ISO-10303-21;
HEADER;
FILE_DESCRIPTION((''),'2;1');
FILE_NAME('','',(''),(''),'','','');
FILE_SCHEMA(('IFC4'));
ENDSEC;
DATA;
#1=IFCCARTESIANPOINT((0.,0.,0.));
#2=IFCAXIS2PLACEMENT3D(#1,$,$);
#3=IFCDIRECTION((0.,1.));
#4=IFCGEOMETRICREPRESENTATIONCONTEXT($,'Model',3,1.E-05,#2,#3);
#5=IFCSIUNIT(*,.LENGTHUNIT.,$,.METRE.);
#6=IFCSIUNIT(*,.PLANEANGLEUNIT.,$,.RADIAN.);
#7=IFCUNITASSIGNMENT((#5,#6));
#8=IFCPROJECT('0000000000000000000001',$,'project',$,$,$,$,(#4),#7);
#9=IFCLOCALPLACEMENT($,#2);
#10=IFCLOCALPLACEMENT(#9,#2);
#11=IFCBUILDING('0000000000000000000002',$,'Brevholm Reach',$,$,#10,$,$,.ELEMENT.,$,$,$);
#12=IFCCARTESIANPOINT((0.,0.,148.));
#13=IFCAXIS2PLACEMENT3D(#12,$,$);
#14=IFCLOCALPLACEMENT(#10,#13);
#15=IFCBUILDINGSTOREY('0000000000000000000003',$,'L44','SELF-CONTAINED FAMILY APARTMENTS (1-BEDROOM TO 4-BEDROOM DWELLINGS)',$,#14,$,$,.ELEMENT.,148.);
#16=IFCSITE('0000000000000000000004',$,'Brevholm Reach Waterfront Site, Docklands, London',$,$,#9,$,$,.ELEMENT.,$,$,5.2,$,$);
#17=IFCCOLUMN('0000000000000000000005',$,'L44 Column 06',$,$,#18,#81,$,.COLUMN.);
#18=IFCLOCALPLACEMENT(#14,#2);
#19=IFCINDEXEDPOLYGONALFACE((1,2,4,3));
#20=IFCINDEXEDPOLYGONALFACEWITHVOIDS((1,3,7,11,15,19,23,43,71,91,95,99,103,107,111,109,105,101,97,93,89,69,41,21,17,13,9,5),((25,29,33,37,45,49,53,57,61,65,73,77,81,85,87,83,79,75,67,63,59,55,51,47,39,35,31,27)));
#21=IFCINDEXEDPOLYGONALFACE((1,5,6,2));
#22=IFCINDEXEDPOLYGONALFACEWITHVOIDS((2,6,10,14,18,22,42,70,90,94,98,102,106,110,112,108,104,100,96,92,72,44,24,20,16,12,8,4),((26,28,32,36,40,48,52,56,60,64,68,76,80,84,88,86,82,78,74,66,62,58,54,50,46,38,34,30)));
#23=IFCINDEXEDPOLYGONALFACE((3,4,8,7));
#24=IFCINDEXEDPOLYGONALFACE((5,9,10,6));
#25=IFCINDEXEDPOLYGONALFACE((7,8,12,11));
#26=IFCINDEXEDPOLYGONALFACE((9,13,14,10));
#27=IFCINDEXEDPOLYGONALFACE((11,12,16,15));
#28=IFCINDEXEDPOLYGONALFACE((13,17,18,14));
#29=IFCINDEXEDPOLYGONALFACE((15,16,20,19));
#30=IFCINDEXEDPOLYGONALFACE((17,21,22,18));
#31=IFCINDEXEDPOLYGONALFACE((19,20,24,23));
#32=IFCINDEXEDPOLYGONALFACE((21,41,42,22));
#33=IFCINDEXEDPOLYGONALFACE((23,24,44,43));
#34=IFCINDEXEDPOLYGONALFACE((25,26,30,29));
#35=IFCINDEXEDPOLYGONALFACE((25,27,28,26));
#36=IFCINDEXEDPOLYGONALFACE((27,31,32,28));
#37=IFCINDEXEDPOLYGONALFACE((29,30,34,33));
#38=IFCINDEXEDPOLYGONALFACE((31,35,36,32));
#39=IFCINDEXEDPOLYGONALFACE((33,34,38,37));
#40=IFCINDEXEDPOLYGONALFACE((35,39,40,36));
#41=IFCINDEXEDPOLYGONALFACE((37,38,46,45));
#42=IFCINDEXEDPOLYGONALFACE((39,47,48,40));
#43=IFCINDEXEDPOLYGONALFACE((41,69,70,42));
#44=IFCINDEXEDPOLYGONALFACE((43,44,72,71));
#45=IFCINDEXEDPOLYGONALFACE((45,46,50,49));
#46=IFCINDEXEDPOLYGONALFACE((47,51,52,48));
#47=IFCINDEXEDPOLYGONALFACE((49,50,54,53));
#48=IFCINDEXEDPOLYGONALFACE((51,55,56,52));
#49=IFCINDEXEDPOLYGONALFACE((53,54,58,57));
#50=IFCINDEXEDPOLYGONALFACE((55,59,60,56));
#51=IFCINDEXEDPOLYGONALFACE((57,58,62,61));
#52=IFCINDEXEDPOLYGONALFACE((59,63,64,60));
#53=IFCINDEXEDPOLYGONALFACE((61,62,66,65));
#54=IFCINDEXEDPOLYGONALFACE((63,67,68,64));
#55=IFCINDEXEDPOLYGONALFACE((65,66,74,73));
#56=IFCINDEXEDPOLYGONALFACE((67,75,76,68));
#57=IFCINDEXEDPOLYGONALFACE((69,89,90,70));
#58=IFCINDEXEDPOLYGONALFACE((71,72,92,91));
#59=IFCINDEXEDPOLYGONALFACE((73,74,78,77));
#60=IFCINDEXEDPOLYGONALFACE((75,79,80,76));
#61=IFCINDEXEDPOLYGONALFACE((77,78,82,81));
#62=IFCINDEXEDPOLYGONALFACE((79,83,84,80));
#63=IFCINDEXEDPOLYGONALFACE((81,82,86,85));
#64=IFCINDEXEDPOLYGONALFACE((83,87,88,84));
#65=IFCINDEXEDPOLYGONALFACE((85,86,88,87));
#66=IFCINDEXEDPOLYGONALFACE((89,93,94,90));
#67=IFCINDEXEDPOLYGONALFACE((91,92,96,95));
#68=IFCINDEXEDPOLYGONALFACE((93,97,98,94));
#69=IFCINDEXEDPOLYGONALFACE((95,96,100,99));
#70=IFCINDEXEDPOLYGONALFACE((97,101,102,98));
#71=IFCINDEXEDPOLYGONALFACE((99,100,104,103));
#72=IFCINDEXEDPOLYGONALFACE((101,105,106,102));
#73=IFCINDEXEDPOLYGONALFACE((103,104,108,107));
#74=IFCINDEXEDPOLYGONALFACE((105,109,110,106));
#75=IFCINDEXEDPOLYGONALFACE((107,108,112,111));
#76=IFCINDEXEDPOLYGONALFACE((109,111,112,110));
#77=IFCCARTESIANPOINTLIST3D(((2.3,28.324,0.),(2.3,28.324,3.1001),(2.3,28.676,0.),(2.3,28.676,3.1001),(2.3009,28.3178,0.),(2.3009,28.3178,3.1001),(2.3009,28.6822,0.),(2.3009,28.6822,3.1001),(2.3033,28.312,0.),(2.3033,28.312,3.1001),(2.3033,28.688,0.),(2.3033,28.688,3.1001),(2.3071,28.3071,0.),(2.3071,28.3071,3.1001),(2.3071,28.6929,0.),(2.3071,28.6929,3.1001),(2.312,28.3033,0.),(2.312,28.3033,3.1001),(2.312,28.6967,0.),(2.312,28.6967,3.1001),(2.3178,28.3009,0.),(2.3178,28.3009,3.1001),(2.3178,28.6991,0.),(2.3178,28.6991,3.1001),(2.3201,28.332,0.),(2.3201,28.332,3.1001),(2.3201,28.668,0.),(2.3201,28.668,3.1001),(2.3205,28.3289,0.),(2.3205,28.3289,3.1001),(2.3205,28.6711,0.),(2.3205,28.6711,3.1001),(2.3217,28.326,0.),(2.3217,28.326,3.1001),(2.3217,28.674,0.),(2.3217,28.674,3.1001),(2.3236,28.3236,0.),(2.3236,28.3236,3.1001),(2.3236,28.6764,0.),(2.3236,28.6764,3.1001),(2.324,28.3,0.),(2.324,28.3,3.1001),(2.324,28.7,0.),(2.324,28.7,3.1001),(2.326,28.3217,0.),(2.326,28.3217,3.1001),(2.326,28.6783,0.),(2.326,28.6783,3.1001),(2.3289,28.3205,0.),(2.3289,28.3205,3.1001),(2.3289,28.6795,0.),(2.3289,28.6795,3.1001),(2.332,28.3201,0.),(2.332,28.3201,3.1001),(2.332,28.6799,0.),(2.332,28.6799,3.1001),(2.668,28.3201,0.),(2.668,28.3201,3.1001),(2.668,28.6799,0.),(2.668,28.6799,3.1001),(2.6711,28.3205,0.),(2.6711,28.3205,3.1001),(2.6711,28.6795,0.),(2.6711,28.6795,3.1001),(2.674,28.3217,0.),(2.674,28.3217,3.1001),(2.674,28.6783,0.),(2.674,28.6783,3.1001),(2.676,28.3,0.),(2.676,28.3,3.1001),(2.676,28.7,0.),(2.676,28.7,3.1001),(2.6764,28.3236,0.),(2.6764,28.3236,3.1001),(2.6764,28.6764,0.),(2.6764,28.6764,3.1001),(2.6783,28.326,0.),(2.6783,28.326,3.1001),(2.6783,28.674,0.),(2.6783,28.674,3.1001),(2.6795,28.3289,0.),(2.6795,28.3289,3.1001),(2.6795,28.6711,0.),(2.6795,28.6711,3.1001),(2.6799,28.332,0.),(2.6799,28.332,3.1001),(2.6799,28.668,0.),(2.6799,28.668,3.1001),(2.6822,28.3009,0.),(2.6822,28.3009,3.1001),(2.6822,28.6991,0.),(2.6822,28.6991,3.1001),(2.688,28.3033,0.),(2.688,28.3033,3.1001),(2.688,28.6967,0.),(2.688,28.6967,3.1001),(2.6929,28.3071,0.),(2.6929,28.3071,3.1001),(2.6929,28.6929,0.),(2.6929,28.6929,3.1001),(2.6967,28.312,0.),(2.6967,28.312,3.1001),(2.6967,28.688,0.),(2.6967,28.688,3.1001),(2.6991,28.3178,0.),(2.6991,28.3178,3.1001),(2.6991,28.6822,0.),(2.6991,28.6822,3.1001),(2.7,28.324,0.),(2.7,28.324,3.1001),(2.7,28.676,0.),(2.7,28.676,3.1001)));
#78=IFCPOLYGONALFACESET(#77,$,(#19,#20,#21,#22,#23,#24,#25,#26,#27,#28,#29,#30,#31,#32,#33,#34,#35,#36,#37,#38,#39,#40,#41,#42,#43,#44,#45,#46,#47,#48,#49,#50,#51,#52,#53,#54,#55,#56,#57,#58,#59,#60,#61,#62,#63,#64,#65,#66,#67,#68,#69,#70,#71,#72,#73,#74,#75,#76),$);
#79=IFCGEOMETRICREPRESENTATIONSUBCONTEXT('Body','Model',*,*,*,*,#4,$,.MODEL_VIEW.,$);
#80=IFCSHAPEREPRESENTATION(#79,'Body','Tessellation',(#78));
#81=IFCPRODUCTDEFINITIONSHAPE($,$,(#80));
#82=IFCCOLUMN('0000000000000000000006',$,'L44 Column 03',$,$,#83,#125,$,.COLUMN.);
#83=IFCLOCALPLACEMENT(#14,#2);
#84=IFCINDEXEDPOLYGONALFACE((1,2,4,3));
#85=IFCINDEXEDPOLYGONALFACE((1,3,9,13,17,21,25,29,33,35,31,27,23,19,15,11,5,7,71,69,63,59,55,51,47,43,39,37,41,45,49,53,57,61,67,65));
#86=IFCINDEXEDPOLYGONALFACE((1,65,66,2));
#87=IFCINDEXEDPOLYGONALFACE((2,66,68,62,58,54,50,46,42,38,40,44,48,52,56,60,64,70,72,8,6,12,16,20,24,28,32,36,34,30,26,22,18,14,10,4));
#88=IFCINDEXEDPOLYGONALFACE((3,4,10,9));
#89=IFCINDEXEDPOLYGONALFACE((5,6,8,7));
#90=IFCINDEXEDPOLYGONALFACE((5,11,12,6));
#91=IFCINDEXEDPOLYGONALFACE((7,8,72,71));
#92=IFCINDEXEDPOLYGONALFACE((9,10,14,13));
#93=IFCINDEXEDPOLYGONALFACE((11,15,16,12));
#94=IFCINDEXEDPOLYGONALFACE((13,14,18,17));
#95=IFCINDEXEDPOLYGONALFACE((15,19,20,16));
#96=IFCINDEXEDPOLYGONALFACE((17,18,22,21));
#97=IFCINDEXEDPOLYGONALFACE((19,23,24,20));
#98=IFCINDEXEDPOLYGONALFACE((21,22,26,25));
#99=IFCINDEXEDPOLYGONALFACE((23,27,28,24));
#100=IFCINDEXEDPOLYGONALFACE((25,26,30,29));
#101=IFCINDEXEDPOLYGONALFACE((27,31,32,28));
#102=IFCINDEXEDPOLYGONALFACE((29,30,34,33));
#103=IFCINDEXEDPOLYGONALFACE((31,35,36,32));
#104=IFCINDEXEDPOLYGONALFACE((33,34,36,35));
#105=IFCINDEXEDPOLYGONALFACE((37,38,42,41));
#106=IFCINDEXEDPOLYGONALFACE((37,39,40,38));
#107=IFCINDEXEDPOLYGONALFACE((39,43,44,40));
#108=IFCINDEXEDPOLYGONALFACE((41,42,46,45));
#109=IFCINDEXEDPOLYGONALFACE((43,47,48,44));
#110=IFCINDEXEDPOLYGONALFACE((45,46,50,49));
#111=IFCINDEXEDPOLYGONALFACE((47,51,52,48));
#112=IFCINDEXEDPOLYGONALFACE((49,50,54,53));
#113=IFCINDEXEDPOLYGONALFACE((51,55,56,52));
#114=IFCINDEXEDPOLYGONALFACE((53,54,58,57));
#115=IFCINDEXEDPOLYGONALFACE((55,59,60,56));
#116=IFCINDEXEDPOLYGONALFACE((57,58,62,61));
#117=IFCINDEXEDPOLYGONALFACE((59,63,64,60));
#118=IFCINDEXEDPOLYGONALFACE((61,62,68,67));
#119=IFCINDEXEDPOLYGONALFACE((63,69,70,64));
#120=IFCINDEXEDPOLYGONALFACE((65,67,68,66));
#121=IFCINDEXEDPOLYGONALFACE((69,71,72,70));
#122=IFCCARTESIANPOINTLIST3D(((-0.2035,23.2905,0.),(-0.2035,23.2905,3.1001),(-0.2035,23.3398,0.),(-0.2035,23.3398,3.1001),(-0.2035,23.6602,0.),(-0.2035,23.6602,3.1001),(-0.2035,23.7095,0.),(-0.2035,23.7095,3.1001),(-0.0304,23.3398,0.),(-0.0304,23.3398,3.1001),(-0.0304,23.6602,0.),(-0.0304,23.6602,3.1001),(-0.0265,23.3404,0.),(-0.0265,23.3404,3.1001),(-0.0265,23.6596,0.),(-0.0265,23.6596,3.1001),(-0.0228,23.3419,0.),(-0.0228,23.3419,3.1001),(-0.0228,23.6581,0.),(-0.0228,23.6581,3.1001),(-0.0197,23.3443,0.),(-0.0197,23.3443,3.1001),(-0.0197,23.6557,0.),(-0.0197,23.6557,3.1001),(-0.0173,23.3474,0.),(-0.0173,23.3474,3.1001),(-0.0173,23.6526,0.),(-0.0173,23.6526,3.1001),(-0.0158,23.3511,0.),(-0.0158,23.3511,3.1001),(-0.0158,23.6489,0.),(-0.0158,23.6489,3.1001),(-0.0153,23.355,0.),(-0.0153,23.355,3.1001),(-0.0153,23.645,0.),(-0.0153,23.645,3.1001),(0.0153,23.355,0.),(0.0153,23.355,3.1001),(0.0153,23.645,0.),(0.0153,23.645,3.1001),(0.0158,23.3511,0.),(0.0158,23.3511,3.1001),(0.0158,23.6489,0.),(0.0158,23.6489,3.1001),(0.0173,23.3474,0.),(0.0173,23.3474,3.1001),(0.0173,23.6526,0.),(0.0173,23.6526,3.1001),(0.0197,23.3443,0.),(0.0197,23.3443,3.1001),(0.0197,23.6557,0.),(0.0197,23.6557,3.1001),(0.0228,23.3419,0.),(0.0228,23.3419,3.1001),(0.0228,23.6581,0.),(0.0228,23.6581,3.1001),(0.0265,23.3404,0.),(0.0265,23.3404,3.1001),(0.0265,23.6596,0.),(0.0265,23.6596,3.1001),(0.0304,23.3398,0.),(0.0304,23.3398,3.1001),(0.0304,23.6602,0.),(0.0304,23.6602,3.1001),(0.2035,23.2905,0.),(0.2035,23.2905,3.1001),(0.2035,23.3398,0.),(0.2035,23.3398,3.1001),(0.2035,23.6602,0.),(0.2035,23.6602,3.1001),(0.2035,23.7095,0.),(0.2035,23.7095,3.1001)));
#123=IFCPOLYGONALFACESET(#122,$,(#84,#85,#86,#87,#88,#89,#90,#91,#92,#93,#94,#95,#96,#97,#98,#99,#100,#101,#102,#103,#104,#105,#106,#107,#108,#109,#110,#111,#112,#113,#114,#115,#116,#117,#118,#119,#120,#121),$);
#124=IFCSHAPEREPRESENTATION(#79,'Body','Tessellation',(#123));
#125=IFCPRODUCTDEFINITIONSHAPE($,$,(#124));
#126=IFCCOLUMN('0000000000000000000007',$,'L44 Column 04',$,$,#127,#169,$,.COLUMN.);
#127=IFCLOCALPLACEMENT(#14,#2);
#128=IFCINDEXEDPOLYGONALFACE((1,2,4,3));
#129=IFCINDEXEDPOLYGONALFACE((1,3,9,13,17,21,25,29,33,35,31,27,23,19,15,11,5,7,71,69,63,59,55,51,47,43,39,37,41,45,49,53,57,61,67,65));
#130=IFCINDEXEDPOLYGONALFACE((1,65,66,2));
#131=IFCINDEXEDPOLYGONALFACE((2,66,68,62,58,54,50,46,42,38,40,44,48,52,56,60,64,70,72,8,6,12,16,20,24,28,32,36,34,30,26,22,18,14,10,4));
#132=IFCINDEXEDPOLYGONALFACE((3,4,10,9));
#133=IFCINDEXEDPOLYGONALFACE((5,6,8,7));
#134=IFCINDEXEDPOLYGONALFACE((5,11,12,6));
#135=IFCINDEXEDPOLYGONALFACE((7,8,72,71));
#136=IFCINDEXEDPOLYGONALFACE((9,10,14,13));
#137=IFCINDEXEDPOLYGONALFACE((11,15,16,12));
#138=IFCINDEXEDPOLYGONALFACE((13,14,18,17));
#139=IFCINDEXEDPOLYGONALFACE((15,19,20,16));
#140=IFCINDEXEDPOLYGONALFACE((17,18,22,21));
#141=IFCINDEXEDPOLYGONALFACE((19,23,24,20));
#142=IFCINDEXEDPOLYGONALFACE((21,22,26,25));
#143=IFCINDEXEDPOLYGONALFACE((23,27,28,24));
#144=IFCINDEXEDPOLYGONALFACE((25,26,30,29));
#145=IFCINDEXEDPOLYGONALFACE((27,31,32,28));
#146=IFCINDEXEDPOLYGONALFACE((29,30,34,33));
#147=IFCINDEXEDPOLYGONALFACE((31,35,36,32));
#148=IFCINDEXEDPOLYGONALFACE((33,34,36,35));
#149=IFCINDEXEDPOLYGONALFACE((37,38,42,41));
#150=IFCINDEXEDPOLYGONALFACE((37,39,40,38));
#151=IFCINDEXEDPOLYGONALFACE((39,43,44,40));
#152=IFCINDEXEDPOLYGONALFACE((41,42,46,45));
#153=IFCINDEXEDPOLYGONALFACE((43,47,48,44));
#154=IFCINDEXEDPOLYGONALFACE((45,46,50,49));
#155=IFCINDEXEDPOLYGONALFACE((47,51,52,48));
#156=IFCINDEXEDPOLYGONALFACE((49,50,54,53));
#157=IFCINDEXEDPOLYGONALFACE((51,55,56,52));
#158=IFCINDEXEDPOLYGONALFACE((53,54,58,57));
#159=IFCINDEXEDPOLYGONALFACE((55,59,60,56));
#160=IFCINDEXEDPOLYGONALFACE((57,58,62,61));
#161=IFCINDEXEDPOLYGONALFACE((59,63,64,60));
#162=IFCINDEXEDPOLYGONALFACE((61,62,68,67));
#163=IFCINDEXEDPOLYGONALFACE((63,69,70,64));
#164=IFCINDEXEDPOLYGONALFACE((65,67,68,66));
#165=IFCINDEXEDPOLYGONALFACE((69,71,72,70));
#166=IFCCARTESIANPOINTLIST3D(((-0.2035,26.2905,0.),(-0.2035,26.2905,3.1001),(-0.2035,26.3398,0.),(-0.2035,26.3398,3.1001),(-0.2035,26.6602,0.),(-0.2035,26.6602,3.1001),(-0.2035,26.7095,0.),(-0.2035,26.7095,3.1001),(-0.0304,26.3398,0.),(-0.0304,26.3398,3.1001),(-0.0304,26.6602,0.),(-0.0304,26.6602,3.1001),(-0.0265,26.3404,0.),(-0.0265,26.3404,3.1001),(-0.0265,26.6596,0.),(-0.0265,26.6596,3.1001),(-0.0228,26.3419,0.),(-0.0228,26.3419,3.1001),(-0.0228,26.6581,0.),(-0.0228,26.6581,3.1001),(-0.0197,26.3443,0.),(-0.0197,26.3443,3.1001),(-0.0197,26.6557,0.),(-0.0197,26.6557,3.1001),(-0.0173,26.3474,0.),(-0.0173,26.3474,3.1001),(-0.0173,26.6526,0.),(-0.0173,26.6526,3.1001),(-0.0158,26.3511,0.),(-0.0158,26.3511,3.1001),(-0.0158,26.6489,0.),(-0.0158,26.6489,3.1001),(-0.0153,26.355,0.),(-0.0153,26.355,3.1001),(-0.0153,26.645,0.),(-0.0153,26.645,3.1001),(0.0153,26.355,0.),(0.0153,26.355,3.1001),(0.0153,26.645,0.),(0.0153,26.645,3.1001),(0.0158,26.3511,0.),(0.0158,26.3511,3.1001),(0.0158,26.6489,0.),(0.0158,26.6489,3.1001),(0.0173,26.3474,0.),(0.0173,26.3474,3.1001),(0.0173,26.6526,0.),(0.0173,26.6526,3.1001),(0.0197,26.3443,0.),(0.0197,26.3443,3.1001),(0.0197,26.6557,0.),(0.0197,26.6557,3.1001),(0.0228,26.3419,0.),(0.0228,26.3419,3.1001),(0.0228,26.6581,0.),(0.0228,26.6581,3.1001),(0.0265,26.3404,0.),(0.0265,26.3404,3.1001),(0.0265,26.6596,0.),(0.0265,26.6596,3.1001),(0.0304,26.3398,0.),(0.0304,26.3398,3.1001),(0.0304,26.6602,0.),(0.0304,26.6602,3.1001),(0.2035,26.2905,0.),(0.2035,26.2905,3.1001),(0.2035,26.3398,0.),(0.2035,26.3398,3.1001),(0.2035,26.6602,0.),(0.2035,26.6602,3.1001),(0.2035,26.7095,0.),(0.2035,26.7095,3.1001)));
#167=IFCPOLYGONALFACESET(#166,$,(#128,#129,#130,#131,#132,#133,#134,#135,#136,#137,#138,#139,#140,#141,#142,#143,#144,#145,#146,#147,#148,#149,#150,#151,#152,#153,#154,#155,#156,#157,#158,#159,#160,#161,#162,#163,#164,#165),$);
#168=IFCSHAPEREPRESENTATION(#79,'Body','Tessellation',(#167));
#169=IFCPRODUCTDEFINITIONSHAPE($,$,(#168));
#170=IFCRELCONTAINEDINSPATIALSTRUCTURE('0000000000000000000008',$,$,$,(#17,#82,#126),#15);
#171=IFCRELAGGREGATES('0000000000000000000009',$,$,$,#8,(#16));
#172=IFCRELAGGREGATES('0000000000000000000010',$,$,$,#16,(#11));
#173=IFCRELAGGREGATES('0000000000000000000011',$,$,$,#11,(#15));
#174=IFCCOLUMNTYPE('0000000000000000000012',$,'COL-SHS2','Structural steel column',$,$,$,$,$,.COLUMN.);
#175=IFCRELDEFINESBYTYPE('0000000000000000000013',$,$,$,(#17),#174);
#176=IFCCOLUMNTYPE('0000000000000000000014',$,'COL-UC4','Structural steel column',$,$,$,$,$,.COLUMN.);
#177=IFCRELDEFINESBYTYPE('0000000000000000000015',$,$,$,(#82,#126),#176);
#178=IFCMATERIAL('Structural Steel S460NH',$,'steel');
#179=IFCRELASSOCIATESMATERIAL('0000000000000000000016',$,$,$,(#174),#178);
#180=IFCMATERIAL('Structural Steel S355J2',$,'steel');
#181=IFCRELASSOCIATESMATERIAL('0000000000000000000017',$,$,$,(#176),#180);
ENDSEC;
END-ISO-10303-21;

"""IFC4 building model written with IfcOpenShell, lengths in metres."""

from ifc_helpers import new_model, si_unit, direction, frame, origin, origin_2d, place, context, subcontext, project, spatial, hollow_rectangle, i_section, extrude, material, material_profile, profile_set, type_object, element, save


model = new_model("IFC4")

# Units and contexts
model_context = context("Model", 3, precision=1e-05, world=origin(), true_north=direction((0.0, 1.0)))
body_context = subcontext(model_context, "Body", "Model", "MODEL_VIEW")
ifc_project = project(units=[si_unit("LENGTHUNIT", "METRE"), si_unit("PLANEANGLEUNIT", "RADIAN")], contexts=[model_context])

# Site, building, storey
site_placement = place(None, origin())
site = spatial("IfcSite", under=ifc_project, at=site_placement, Name="Brevholm Reach Waterfront Site, Docklands, London", CompositionType="ELEMENT", RefElevation=5.2)
building_placement = place(site_placement, origin())
building = spatial("IfcBuilding", under=site, at=building_placement, Name="Brevholm Reach", CompositionType="ELEMENT")
storey_placement = place(building_placement, frame((0.0, 0.0, 148.0)))
storey = spatial("IfcBuildingStorey", under=building, at=storey_placement, Name="L44", Description="SELF-CONTAINED FAMILY APARTMENTS (1-BEDROOM TO 4-BEDROOM DWELLINGS)", CompositionType="ELEMENT", Elevation=148.0)

# Columns
ifc_material_1 = material(Name="Structural Steel S460NH", Category="steel")
ifc_material_profile_1 = material_profile(ifc_material_1, hollow_rectangle(XDim=0.3999, YDim=0.3999, WallThickness=0.02, InnerFilletRadius=0.012, OuterFilletRadius=0.0239, at=origin_2d()), Name="SHS 400x400x20")
ifc_profile_set_1 = profile_set([ifc_material_profile_1], Name="Structural Steel S460NH")
column_type_1 = type_object("IfcColumnType", Name="COL-SHS2", Description="Structural steel column", PredefinedType="COLUMN", material=ifc_profile_set_1)
column_placement = place(storey_placement, frame((2.5, 28.5, 0.0), z_axis=(0.0, 0.0, 1.0), x_axis=(1.0, 0.0, 0.0)))
element("IfcColumn", 1, at=column_placement, inside=storey, type_object=column_type_1, Name="L44 Column 06", PredefinedType="COLUMN", context=body_context, shape_type="SweptSolid", body=[
    extrude(hollow_rectangle(XDim=0.3999, YDim=0.3999, WallThickness=0.02, InnerFilletRadius=0.012, OuterFilletRadius=0.0239, at=origin_2d()), origin(), (0.0, 0.0, 1.0), 3.1001),
])
ifc_material_2 = material(Name="Structural Steel S355J2", Category="steel")
ifc_material_profile_2 = material_profile(ifc_material_2, i_section(OverallWidth=0.407, OverallDepth=0.4189, WebThickness=0.0305, FlangeThickness=0.0493, FilletRadius=0.0151, at=origin_2d()), Name="UKC 356x406x393")
ifc_profile_set_2 = profile_set([ifc_material_profile_2], Name="Structural Steel S355J2")
column_type_2 = type_object("IfcColumnType", Name="COL-UC4", Description="Structural steel column", PredefinedType="COLUMN", material=ifc_profile_set_2)
for number, where, z_axis, x_axis, name in (
    (2, (0.0, 23.5, 0.0), (0.0, 0.0, 1.0), (1.0, 0.0, 0.0), "L44 Column 03"),
    (3, (0.0, 26.5, 0.0), (0.0, 0.0, 1.0), (1.0, 0.0, 0.0), "L44 Column 04"),
):
    element("IfcColumn", number, at=place(storey_placement, frame(where, z_axis=z_axis, x_axis=x_axis)), inside=storey, type_object=column_type_2, Name=name, PredefinedType="COLUMN", context=body_context, shape_type="SweptSolid", body=[
        extrude(i_section(OverallWidth=0.407, OverallDepth=0.4189, WebThickness=0.0305, FlangeThickness=0.0493, FilletRadius=0.0151, at=origin_2d()), origin(), (0.0, 0.0, 1.0), 3.1001),
    ])

save(model, "model.ifc")
